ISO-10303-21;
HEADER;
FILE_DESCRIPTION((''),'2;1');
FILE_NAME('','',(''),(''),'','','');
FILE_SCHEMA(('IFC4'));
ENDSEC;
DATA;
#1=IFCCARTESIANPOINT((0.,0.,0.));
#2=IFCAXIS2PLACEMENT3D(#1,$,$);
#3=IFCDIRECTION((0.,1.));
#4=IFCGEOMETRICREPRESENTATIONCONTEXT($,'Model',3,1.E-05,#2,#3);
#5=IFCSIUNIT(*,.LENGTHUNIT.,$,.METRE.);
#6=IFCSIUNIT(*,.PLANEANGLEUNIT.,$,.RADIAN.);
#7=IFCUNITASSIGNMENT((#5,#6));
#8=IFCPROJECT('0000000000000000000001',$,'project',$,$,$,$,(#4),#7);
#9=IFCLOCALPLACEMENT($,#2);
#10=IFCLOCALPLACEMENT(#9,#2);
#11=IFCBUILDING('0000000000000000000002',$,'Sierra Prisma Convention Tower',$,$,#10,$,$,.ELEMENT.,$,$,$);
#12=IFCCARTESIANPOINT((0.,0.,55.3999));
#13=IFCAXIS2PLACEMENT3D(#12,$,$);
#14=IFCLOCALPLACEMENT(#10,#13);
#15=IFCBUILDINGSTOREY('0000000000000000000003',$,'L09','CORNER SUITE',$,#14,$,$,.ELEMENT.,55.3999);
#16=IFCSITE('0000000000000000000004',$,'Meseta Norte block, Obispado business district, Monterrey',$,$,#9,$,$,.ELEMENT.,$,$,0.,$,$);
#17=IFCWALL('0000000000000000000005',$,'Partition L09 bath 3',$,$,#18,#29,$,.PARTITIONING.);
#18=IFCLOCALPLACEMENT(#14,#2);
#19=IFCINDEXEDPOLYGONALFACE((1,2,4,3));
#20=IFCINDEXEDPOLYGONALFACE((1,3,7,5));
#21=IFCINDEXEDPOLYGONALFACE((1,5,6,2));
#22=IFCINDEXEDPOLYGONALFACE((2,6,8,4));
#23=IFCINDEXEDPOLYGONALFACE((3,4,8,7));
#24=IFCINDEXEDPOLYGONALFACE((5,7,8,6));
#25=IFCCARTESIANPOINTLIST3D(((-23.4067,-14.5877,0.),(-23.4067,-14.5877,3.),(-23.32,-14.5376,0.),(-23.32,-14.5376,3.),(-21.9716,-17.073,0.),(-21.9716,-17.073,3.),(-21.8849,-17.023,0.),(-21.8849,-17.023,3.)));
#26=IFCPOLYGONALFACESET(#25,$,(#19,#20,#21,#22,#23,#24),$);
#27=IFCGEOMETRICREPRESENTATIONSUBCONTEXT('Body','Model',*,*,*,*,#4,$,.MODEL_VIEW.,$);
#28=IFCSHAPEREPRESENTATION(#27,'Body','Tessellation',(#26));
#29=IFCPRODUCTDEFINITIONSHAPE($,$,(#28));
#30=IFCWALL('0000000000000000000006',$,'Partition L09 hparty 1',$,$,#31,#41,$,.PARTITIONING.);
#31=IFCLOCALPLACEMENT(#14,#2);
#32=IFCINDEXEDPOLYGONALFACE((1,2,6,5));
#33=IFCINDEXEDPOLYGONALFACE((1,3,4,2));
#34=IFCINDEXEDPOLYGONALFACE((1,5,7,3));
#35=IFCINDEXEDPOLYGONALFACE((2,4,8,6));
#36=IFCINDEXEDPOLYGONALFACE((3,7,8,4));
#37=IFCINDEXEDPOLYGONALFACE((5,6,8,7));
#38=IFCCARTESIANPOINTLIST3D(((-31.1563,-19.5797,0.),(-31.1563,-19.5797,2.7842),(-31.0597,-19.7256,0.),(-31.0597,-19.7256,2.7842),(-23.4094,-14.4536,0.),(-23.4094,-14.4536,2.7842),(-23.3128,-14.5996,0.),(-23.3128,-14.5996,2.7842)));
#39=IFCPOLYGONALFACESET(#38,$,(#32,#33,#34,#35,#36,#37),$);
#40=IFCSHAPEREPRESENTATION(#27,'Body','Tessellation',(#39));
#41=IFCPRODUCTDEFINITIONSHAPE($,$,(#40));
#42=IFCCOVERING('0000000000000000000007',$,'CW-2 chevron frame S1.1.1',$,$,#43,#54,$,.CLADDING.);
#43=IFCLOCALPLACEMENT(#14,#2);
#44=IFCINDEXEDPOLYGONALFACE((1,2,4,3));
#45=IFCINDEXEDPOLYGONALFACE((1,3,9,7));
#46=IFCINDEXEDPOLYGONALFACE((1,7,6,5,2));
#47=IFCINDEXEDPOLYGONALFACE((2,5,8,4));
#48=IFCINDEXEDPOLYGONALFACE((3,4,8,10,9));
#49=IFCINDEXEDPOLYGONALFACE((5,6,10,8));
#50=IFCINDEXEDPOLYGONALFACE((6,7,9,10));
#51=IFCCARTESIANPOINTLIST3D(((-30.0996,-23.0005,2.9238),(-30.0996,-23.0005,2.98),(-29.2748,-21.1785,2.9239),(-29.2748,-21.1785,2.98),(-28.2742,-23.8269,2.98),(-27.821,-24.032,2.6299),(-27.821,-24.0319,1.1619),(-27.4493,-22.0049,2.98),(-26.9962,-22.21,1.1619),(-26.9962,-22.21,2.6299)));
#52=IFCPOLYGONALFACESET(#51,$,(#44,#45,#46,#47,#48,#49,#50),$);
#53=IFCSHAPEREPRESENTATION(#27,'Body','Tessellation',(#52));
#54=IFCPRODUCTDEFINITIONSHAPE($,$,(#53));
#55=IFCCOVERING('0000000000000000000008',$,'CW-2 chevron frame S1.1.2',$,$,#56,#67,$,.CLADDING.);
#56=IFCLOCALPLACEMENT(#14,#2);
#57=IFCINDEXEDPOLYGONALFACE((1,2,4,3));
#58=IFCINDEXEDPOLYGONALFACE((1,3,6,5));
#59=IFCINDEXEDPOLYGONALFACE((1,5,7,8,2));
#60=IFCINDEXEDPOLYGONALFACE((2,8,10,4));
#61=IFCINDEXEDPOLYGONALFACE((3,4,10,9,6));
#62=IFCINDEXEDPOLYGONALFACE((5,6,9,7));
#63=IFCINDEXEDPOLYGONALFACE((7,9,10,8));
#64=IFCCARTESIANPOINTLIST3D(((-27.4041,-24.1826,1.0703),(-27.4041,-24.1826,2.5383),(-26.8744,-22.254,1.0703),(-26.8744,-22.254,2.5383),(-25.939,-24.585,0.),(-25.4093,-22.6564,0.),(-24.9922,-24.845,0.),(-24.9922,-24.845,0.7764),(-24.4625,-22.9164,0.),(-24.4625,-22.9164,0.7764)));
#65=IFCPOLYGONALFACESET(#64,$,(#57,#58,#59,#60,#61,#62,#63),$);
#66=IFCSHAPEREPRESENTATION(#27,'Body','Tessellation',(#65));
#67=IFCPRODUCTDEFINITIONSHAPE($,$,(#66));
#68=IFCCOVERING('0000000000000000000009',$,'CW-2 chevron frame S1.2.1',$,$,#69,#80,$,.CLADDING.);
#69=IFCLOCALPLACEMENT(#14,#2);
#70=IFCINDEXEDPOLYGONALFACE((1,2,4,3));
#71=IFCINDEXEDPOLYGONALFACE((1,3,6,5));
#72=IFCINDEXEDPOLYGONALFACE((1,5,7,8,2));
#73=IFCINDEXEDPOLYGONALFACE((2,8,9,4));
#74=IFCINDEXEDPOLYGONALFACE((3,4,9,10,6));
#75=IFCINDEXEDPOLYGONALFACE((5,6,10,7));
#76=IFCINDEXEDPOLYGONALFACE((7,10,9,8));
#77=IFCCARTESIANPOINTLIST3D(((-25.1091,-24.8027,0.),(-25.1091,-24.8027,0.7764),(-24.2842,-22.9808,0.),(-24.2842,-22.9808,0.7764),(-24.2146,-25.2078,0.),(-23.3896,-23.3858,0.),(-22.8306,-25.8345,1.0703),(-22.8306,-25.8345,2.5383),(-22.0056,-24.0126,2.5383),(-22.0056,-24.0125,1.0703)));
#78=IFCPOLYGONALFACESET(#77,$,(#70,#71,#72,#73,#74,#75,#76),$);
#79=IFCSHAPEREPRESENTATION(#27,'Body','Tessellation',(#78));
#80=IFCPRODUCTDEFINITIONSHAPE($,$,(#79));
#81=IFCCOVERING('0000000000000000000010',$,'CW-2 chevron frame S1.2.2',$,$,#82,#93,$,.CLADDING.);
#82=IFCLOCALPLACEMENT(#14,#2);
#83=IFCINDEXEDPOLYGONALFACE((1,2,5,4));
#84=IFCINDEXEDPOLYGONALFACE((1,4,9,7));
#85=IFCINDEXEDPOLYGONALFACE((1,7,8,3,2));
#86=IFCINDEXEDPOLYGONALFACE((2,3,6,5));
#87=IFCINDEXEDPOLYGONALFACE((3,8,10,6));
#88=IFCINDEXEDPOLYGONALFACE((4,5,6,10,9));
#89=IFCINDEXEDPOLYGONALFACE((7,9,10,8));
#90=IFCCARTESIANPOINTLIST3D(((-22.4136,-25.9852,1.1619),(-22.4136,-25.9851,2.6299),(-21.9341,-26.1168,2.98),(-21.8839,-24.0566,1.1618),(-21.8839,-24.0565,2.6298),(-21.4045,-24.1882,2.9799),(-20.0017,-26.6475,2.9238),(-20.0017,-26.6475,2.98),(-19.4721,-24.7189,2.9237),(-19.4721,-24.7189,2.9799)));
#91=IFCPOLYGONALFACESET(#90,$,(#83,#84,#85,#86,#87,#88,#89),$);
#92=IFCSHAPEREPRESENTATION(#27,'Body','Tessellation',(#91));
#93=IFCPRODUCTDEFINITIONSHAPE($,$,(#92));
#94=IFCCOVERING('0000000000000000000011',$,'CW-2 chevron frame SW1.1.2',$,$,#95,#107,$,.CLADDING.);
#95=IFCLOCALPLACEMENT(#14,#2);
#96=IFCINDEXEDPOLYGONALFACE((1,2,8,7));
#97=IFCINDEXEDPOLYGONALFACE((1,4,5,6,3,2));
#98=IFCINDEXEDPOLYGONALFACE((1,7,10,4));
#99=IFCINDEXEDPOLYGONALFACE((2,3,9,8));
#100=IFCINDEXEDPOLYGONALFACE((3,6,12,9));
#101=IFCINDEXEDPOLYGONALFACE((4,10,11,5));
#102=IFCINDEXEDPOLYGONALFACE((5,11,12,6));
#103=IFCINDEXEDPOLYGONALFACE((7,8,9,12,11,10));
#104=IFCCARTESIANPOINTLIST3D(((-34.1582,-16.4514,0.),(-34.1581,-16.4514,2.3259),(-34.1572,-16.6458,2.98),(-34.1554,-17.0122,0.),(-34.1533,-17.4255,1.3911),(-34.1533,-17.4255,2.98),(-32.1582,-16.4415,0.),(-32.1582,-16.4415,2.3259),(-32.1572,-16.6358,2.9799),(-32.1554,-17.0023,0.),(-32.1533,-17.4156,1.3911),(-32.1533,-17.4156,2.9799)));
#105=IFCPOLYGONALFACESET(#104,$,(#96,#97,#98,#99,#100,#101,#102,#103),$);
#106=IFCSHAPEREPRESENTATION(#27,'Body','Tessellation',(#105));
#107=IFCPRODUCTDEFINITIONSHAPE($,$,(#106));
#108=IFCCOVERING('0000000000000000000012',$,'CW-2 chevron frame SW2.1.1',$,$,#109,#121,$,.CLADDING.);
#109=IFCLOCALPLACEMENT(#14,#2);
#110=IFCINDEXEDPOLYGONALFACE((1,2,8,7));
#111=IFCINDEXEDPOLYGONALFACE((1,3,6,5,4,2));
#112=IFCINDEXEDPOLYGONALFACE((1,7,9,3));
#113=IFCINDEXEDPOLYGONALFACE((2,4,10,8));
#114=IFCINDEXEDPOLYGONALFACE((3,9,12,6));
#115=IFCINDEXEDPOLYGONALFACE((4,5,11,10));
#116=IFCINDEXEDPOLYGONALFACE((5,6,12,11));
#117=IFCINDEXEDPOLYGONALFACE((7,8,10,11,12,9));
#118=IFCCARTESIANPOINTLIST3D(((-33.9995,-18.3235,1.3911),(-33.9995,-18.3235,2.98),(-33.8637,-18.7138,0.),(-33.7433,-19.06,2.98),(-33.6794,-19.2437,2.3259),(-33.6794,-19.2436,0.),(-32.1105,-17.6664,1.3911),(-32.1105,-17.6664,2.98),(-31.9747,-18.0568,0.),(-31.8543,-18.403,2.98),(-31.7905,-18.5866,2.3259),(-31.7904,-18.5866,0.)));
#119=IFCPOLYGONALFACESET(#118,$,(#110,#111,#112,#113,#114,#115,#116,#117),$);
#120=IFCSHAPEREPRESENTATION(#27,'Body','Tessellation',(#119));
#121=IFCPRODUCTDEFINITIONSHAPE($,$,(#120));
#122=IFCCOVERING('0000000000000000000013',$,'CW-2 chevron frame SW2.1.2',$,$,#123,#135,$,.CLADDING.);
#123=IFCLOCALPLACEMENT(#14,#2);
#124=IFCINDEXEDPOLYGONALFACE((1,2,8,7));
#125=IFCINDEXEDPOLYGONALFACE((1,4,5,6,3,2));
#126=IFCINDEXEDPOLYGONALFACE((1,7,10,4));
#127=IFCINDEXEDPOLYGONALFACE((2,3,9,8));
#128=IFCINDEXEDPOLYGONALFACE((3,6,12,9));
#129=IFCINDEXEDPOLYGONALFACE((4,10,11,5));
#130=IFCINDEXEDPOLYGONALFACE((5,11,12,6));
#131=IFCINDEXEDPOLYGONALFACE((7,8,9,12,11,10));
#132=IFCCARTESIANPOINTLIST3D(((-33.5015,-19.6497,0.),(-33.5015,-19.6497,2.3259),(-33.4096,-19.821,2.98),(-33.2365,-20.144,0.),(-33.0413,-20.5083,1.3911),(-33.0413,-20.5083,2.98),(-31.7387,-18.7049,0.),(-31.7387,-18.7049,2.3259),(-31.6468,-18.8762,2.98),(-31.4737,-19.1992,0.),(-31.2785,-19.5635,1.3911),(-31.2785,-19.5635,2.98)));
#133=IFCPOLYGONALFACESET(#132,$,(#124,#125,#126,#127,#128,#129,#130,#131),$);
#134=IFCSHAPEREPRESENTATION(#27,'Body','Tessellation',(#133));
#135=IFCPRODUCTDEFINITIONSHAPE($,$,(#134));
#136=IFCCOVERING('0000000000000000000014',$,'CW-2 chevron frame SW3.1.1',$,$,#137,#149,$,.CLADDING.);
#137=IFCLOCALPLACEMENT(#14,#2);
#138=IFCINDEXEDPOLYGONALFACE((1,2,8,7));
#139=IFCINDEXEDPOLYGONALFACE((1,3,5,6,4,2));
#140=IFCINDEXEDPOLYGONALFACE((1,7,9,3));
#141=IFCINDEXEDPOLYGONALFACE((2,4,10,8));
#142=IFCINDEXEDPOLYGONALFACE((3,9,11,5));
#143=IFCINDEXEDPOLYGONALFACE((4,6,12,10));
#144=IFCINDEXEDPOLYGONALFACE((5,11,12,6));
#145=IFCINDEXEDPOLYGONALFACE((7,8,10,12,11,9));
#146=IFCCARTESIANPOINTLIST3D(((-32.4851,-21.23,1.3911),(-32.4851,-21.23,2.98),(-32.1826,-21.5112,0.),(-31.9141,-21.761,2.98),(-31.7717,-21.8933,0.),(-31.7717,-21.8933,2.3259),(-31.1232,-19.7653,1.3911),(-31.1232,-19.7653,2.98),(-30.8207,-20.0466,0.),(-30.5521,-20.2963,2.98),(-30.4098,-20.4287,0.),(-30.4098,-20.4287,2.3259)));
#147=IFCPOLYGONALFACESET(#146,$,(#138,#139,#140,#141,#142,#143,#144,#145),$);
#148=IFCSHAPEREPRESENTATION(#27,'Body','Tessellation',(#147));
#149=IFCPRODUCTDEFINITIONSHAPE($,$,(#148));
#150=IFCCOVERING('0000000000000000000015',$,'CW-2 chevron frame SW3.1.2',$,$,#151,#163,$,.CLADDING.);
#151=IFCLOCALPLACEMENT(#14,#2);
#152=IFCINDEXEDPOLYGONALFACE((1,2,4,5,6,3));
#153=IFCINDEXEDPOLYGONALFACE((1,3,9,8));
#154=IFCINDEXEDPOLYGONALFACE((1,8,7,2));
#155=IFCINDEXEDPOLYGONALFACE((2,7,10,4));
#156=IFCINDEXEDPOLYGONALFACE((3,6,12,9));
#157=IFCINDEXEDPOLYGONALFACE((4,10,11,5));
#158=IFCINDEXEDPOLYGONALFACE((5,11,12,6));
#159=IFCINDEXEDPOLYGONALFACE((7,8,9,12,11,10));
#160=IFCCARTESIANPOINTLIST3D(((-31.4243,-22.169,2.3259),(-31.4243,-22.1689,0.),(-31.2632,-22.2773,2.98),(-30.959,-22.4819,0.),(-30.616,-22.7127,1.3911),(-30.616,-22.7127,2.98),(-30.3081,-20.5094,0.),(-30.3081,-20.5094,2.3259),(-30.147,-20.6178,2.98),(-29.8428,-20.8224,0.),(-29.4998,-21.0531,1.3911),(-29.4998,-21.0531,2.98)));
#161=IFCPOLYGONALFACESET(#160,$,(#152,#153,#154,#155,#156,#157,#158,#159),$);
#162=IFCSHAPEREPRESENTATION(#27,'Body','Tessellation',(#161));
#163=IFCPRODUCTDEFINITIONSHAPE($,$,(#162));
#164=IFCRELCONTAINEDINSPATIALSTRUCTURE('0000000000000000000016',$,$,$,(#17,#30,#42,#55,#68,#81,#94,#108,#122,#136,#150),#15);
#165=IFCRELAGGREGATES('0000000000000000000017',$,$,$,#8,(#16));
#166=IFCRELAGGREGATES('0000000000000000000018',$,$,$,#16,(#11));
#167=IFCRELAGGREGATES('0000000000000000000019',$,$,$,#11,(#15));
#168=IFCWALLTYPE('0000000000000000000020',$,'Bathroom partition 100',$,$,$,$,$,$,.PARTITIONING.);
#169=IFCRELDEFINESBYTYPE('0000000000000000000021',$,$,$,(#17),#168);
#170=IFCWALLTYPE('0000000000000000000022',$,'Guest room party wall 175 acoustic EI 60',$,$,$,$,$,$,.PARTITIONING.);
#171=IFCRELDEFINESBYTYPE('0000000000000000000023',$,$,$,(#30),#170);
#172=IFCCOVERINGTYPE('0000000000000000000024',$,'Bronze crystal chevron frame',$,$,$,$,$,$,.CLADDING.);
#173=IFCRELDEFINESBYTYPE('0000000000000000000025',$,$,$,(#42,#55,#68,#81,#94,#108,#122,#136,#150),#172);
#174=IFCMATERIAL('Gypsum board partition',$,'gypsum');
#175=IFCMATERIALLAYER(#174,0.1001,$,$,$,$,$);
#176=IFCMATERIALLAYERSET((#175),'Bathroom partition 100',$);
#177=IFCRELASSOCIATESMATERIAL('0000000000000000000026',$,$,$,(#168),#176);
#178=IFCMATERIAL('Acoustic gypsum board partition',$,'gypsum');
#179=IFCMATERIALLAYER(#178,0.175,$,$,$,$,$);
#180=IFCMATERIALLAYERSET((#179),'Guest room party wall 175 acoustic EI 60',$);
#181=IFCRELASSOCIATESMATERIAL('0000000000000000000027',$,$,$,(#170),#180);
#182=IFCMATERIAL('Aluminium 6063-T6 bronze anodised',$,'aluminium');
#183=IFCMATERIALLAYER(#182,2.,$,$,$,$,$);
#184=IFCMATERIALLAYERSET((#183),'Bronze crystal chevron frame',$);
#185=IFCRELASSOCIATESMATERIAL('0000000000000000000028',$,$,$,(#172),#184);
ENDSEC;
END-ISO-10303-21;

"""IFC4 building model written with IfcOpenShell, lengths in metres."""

from ifc_helpers import new_model, si_unit, direction, frame, frame_2d, origin, place, context, subcontext, project, spatial, polyline, rectangle, outline, extrude, material, layer, layer_set, type_object, element, save


model = new_model("IFC4")

# Units and contexts
model_context = context("Model", 3, precision=1e-05, world=origin(), true_north=direction((0.0, 1.0)))
body_context = subcontext(model_context, "Body", "Model", "MODEL_VIEW")
ifc_project = project(units=[si_unit("LENGTHUNIT", "METRE"), si_unit("PLANEANGLEUNIT", "RADIAN")], contexts=[model_context])

# Site, building, storey
site_placement = place(None, origin())
site = spatial("IfcSite", under=ifc_project, at=site_placement, Name="Meseta Norte block, Obispado business district, Monterrey", CompositionType="ELEMENT", RefElevation=0.0)
building_placement = place(site_placement, origin())
building = spatial("IfcBuilding", under=site, at=building_placement, Name="Sierra Prisma Convention Tower", CompositionType="ELEMENT")
storey_placement = place(building_placement, frame((0.0, 0.0, 55.3999)))
storey = spatial("IfcBuildingStorey", under=building, at=storey_placement, Name="L09", Description="CORNER SUITE", CompositionType="ELEMENT", Elevation=55.3999)

# Walls
ifc_material_1 = material(Name="Gypsum board partition", Category="gypsum")
ifc_layer_1 = layer(ifc_material_1, 0.1001)
ifc_layer_set_1 = layer_set([ifc_layer_1], Name="Bathroom partition 100")
wall_type_1 = type_object("IfcWallType", Name="Bathroom partition 100", PredefinedType="PARTITIONING", material=ifc_layer_set_1)
wall_1_placement = place(storey_placement, frame((-21.9282, -17.0481, 0.0), z_axis=(0.0, 0.0, 1.0), x_axis=(-0.500037, 0.866004, 0.0)))
element("IfcWall", 1, at=wall_1_placement, inside=storey, type_object=wall_type_1, Name="Partition L09 bath 3", PredefinedType="PARTITIONING", context=body_context, shape_type="SweptSolid", body=[
    extrude(rectangle(XDim=2.8699, YDim=0.1001, at=frame_2d((1.4351, 0.0))), origin(), (0.0, 0.0, 1.0), 3.0),
])
ifc_material_2 = material(Name="Acoustic gypsum board partition", Category="gypsum")
ifc_layer_2 = layer(ifc_material_2, 0.175)
ifc_layer_set_2 = layer_set([ifc_layer_2], Name="Guest room party wall 175 acoustic EI 60")
wall_type_2 = type_object("IfcWallType", Name="Guest room party wall 175 acoustic EI 60", PredefinedType="PARTITIONING", material=ifc_layer_set_2)
wall_2_placement = place(storey_placement, frame((-31.1079, -19.6526, 0.0), z_axis=(0.0, 0.0, 1.0), x_axis=(0.833962, 0.551822, 0.0)))
element("IfcWall", 2, at=wall_2_placement, inside=storey, type_object=wall_type_2, Name="Partition L09 hparty 1", PredefinedType="PARTITIONING", context=body_context, shape_type="SweptSolid", body=[
    extrude(rectangle(XDim=9.2893, YDim=0.175, at=frame_2d((4.6445, 0.0))), origin(), (0.0, 0.0, 1.0), 2.7842),
])

# Coverings
ifc_material_3 = material(Name="Aluminium 6063-T6 bronze anodised", Category="aluminium")
ifc_layer_3 = layer(ifc_material_3, 2.0)
ifc_layer_set_3 = layer_set([ifc_layer_3], Name="Bronze crystal chevron frame")
covering_type = type_object("IfcCoveringType", Name="Bronze crystal chevron frame", PredefinedType="CLADDING", material=ifc_layer_set_3)
covering_1_placement = place(storey_placement, frame((-30.0996, -23.0005, 2.98), z_axis=(-0.412408, -0.910999, -0.000025), x_axis=(0.00001, 0.000023, -1.0)))
element("IfcCovering", 3, at=covering_1_placement, inside=storey, type_object=covering_type, Name="CW-2 chevron frame S1.1.1", PredefinedType="CLADDING", context=body_context, shape_type="SweptSolid", body=[
    extrude(outline(polyline([(0.0, 0.0), (0.0562, 0.0), (1.8181, 2.5012), (0.3501, 2.5012), (0.0, 2.0038), (0.0, 0.0)])), origin(), (0.0, 0.0, -1.0), 2.0),
])
covering_2_placement = place(storey_placement, frame((-27.4041, -24.1826, 2.5383), z_axis=(-0.264819, -0.964298, -0.000001), x_axis=(0.0, 0.000001, -1.0)))
element("IfcCovering", 4, at=covering_2_placement, inside=storey, type_object=covering_type, Name="CW-2 chevron frame S1.1.2", PredefinedType="CLADDING", context=body_context, shape_type="SweptSolid", body=[
    extrude(outline(polyline([(0.0, 0.0), (1.468, 0.0), (2.5383, 1.5193), (2.5383, 2.5012), (1.762, 2.5012), (0.0, 0.0)])), origin(), (0.0, 0.0, -1.0), 2.0),
])
covering_3_placement = place(storey_placement, frame((-25.1091, -24.8027, 0.0), z_axis=(-0.412484, -0.910965, -0.000006), x_axis=(0.910965, -0.412484, 0.0)))
element("IfcCovering", 5, at=covering_3_placement, inside=storey, type_object=covering_type, Name="CW-2 chevron frame S1.2.1", PredefinedType="CLADDING", context=body_context, shape_type="SweptSolid", body=[
    extrude(outline(polyline([(0.0, 0.0), (0.982, 0.0), (2.5013, 1.0703), (2.5013, 2.5383), (0.0, 0.7764), (0.0, 0.0)])), origin(), (0.0, 0.0, -1.0), 2.0),
])
covering_4_placement = place(storey_placement, frame((-20.0017, -26.6475, 2.98), z_axis=(-0.264825, -0.964297, 0.000047), x_axis=(-0.964297, 0.264825, 0.0)))
element("IfcCovering", 6, at=covering_4_placement, inside=storey, type_object=covering_type, Name="CW-2 chevron frame S1.2.2", PredefinedType="CLADDING", context=body_context, shape_type="SweptSolid", body=[
    extrude(outline(polyline([(0.0, 0.0), (2.0039, 0.0), (2.5012, 0.3501), (2.5012, 1.8181), (0.0, 0.0562), (0.0, 0.0)])), origin(), (0.0, 0.0, -1.0), 2.0),
])
covering_5_placement = place(storey_placement, frame((-34.1582, -16.4514, 0.0), z_axis=(-0.999988, -0.004978, 0.000024), x_axis=(0.004978, -0.999988, 0.0)))
element("IfcCovering", 7, at=covering_5_placement, inside=storey, type_object=covering_type, Name="CW-2 chevron frame SW1.1.2", PredefinedType="CLADDING", context=body_context, shape_type="SweptSolid", body=[
    extrude(outline(polyline([(0.0, 0.0), (0.5608, 0.0), (0.9741, 1.3911), (0.9741, 2.98), (0.1943, 2.98), (0.0, 2.3259), (0.0, 0.0)])), origin(), (0.0, 0.0, -1.0), 2.0),
])
covering_6_placement = place(storey_placement, frame((-33.9995, -18.3235, 2.98), z_axis=(-0.944494, -0.32853, -0.00001), x_axis=(0.00001, 0.000003, -1.0)))
element("IfcCovering", 8, at=covering_6_placement, inside=storey, type_object=covering_type, Name="CW-2 chevron frame SW2.1.1", PredefinedType="CLADDING", context=body_context, shape_type="SweptSolid", body=[
    extrude(outline(polyline([(0.0, 0.0), (1.5889, 0.0), (2.98, 0.4133), (2.98, 0.9742), (0.6541, 0.9742), (0.0, 0.7798), (0.0, 0.0)])), origin(), (0.0, 0.0, -1.0), 2.0),
])
covering_7_placement = place(storey_placement, frame((-33.5015, -19.6497, 0.0), z_axis=(-0.881393, -0.472384, 0.000004), x_axis=(0.472384, -0.881393, 0.0)))
element("IfcCovering", 9, at=covering_7_placement, inside=storey, type_object=covering_type, Name="CW-2 chevron frame SW2.1.2", PredefinedType="CLADDING", context=body_context, shape_type="SweptSolid", body=[
    extrude(outline(polyline([(0.0, 0.0), (0.5609, 0.0), (0.9742, 1.3911), (0.9742, 2.98), (0.1944, 2.98), (0.0, 2.3259), (0.0, 0.0)])), origin(), (0.0, 0.0, -1.0), 2.0),
])
covering_8_placement = place(storey_placement, frame((-32.4851, -21.23, 2.98), z_axis=(-0.680955, -0.732325, -0.000006), x_axis=(0.000004, 0.000004, -1.0)))
element("IfcCovering", 10, at=covering_8_placement, inside=storey, type_object=covering_type, Name="CW-2 chevron frame SW3.1.1", PredefinedType="CLADDING", context=body_context, shape_type="SweptSolid", body=[
    extrude(outline(polyline([(0.0, 0.0), (1.5889, 0.0), (2.98, 0.413), (2.98, 0.9741), (0.6541, 0.9741), (0.0, 0.7798), (0.0, 0.0)])), origin(), (0.0, 0.0, -1.0), 2.0),
])
covering_9_placement = place(storey_placement, frame((-30.959, -22.4819, 0.0), z_axis=(-0.558107, -0.829769, -0.000003), x_axis=(0.23636, -0.15898, 0.958571)))
element("IfcCovering", 11, at=covering_9_placement, inside=storey, type_object=covering_type, Name="CW-2 chevron frame SW3.1.2", PredefinedType="CLADDING", context=body_context, shape_type="SweptSolid", body=[
    extrude(outline(polyline([(0.0, 0.0), (1.4512, 0.0), (2.9743, 0.4526), (2.7521, 1.2003), (2.0698, 1.2001), (-0.1597, 0.5376), (0.0, 0.0)])), origin(), (0.0, 0.0, -1.0), 2.0),
])

save(model, "model.ifc")
